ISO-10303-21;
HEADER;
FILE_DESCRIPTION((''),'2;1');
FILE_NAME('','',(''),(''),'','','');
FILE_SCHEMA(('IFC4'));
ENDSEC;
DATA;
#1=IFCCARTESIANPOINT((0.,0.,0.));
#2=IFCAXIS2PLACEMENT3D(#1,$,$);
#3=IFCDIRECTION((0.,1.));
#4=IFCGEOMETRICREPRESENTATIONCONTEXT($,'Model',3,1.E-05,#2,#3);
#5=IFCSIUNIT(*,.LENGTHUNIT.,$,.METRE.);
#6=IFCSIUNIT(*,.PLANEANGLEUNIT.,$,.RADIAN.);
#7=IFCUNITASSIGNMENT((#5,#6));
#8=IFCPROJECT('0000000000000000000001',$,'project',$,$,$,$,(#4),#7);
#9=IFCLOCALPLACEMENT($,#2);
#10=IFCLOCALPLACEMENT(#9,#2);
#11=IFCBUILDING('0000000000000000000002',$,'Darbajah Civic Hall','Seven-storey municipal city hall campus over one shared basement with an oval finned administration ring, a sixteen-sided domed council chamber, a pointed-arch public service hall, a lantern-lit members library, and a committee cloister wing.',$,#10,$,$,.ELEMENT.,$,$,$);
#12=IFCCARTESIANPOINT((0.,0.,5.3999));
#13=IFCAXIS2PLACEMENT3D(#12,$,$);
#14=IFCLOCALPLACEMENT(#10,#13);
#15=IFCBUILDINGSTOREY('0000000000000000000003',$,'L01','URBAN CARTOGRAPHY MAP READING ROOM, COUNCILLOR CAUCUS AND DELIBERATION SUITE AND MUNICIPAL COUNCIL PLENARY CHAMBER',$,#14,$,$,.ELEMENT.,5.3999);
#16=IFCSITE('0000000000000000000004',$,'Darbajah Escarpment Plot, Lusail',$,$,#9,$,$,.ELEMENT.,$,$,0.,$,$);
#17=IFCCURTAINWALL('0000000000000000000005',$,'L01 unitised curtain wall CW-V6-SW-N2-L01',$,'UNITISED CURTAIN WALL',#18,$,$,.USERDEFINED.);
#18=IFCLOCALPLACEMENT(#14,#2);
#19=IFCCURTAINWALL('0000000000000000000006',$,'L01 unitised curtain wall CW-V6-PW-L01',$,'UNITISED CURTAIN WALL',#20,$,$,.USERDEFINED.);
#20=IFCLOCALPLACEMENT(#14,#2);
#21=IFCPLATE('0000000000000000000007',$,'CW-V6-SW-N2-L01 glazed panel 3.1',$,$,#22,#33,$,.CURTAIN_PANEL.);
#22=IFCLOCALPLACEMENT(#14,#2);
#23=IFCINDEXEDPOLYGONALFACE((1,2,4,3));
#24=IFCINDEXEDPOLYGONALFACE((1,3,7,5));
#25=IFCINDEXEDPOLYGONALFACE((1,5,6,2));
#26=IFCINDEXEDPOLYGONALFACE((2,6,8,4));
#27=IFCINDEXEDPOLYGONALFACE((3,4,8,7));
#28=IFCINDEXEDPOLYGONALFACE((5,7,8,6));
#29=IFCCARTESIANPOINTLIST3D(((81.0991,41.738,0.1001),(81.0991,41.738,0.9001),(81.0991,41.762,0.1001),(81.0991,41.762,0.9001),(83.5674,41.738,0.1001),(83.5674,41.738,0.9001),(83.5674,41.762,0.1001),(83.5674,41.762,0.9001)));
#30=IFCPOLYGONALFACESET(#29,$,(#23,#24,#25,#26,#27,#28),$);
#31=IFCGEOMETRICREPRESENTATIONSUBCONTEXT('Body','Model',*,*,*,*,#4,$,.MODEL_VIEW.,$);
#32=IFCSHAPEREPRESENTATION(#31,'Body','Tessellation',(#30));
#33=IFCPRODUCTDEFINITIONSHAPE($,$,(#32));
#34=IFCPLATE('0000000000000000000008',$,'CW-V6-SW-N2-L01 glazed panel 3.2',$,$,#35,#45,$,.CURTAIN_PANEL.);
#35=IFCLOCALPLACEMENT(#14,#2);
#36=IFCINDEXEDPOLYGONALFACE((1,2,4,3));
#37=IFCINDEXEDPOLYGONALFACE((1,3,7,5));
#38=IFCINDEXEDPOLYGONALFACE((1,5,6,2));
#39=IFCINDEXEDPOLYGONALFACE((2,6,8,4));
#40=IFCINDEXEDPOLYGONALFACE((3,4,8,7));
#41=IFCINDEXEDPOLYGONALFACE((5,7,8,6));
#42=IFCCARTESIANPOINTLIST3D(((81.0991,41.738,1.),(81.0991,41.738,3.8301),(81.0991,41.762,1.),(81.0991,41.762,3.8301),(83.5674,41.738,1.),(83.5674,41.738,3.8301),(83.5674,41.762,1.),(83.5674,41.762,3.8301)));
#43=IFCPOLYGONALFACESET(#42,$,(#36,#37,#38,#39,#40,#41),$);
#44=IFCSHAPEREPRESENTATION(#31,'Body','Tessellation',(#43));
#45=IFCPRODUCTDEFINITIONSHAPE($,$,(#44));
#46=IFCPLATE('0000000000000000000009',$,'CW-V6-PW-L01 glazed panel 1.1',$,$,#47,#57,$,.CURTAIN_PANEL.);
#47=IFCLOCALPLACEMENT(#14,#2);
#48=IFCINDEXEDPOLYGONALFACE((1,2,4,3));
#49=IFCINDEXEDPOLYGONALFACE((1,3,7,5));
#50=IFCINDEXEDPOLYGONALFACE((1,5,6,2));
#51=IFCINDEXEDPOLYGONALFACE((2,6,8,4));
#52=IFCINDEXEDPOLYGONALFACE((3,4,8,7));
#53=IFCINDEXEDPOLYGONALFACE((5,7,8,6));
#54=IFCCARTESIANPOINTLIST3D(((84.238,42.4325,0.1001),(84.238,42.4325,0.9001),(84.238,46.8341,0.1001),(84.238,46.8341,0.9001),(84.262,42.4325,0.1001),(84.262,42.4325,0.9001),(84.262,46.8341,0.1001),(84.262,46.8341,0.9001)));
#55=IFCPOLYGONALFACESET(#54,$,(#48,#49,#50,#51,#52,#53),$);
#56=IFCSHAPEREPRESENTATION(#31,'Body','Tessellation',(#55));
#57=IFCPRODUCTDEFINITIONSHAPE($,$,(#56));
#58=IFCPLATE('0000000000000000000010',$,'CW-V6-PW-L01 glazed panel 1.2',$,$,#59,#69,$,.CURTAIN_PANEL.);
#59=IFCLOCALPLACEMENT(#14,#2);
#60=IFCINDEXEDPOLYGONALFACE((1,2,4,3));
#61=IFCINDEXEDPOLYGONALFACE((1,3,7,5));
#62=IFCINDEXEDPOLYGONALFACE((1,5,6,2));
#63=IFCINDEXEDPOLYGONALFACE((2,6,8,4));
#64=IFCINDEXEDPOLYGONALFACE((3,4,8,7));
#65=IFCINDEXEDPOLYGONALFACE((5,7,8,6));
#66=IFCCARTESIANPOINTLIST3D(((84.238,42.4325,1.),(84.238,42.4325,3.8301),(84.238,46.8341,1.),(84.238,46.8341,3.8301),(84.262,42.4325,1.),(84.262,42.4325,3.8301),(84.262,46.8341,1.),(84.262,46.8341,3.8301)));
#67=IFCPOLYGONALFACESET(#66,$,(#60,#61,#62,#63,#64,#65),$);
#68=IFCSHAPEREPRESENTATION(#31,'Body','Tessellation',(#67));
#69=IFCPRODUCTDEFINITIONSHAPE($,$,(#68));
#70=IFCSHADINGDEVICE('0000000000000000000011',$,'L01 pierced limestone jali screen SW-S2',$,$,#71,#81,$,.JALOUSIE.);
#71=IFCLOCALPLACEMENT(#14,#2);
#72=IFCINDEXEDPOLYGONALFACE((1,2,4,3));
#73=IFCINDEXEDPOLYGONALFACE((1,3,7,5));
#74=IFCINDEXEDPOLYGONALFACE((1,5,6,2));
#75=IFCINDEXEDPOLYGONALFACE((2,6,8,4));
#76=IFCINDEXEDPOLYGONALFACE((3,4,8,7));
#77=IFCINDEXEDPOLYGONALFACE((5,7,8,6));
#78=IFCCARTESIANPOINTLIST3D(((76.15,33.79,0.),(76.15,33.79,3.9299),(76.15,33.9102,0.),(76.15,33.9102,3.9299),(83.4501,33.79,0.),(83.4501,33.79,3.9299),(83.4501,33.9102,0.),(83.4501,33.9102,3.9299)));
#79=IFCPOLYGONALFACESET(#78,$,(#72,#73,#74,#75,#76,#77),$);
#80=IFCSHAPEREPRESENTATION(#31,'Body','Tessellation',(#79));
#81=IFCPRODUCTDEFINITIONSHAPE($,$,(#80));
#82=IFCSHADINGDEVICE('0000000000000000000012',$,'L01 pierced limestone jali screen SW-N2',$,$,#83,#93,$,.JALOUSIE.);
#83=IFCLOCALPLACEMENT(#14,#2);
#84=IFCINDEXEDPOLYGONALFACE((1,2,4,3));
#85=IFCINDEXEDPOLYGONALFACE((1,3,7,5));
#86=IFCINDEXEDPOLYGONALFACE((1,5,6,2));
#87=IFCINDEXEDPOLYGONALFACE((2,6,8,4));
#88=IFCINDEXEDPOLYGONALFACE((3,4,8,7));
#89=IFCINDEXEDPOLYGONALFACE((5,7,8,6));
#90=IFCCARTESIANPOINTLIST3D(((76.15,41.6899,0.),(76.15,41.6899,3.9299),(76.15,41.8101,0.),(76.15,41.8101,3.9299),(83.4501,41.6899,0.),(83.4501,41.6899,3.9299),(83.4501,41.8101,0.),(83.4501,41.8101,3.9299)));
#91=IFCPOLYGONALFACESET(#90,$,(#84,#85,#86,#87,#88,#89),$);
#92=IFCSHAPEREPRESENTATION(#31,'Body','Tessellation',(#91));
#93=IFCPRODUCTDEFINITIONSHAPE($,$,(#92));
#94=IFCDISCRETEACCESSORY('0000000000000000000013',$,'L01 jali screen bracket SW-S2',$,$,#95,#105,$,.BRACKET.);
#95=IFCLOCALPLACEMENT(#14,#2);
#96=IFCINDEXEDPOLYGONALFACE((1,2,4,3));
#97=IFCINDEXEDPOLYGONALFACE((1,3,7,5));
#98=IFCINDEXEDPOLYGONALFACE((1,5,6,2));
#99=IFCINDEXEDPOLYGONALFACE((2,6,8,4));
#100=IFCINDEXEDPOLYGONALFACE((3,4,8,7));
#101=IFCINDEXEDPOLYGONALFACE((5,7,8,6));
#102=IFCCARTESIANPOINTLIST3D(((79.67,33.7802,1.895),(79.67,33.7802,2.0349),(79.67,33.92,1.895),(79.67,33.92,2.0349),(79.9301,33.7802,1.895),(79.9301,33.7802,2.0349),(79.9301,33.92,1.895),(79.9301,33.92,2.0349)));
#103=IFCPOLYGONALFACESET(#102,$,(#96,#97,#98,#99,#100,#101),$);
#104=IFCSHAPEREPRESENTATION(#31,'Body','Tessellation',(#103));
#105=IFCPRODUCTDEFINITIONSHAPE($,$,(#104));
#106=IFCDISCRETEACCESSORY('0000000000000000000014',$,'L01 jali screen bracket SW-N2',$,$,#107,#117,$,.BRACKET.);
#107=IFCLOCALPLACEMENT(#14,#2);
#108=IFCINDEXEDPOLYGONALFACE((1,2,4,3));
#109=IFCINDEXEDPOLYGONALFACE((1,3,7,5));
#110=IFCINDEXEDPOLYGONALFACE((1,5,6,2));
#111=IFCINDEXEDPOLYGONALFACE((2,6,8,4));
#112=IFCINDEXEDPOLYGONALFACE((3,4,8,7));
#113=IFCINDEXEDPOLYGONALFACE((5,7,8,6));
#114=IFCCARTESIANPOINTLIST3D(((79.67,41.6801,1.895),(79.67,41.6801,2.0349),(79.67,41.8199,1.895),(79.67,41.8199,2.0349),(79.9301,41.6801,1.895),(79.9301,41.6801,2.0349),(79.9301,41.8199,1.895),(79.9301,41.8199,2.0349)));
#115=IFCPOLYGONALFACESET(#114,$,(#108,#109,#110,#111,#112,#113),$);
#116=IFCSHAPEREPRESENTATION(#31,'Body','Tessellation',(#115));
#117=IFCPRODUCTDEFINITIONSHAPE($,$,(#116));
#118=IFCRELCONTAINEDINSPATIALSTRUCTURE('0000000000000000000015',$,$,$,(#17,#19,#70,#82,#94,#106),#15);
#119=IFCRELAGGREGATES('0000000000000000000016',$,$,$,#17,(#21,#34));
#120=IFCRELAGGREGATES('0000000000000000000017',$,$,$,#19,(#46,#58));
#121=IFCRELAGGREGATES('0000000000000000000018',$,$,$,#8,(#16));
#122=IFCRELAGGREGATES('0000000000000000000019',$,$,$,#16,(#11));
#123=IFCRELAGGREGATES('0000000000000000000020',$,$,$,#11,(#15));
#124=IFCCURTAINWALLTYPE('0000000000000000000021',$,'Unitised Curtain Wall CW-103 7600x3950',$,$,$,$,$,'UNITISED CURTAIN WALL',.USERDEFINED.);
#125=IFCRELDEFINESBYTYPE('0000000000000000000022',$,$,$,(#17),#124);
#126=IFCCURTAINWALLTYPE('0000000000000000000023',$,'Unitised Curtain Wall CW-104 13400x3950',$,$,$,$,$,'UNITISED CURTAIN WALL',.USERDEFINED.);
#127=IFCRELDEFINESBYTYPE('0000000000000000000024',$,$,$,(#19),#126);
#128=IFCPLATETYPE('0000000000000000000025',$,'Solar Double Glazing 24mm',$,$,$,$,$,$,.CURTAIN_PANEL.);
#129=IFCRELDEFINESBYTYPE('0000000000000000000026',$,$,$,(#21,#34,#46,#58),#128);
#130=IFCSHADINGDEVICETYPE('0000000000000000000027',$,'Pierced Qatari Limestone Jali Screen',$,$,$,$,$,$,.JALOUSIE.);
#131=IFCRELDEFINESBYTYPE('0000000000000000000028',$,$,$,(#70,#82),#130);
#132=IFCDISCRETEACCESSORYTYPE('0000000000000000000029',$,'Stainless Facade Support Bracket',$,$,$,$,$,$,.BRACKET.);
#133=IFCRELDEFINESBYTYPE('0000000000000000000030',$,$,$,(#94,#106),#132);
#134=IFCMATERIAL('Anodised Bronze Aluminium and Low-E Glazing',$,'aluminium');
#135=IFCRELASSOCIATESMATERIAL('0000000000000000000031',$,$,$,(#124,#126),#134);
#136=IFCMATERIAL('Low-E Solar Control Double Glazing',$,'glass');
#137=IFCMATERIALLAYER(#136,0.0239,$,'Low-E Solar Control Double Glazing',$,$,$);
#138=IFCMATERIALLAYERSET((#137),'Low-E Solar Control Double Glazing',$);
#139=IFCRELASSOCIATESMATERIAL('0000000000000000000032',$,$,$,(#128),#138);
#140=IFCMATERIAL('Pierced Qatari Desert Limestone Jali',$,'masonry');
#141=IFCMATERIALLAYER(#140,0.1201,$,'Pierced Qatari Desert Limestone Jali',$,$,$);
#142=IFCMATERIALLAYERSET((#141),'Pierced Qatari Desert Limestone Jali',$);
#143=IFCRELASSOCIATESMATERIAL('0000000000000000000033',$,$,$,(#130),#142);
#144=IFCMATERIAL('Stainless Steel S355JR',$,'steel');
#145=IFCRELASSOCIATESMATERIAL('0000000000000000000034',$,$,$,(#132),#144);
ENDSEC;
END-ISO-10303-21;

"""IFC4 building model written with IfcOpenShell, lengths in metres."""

from ifc_helpers import new_model, si_unit, direction, frame, origin, origin_2d, place, context, subcontext, project, spatial, rectangle, extrude, material, layer, layer_set, type_object, element, aggregate, save


model = new_model("IFC4")

# Units and contexts
model_context = context("Model", 3, precision=1e-05, world=origin(), true_north=direction((0.0, 1.0)))
body_context = subcontext(model_context, "Body", "Model", "MODEL_VIEW")
ifc_project = project(units=[si_unit("LENGTHUNIT", "METRE"), si_unit("PLANEANGLEUNIT", "RADIAN")], contexts=[model_context])

# Site, building, storey
site_placement = place(None, origin())
site = spatial("IfcSite", under=ifc_project, at=site_placement, Name="Darbajah Escarpment Plot, Lusail", CompositionType="ELEMENT", RefElevation=0.0)
building_placement = place(site_placement, origin())
building = spatial("IfcBuilding", under=site, at=building_placement, Name="Darbajah Civic Hall", Description="Seven-storey municipal city hall campus over one shared basement with an oval finned administration ring, a sixteen-sided domed council chamber, a pointed-arch public service hall, a lantern-lit members library, and a committee cloister wing.", CompositionType="ELEMENT")
storey_placement = place(building_placement, frame((0.0, 0.0, 5.3999)))
storey = spatial("IfcBuildingStorey", under=building, at=storey_placement, Name="L01", Description="URBAN CARTOGRAPHY MAP READING ROOM, COUNCILLOR CAUCUS AND DELIBERATION SUITE AND MUNICIPAL COUNCIL PLENARY CHAMBER", CompositionType="ELEMENT", Elevation=5.3999)

# Curtain walls
ifc_material_1 = material(Name="Anodised Bronze Aluminium and Low-E Glazing", Category="aluminium")
curtain_wall_type_1 = type_object("IfcCurtainWallType", Name="Unitised Curtain Wall CW-103 7600x3950", ElementType="UNITISED CURTAIN WALL", PredefinedType="USERDEFINED", material=ifc_material_1)
curtain_wall_1_placement = place(storey_placement, origin())
curtain_wall_1 = element("IfcCurtainWall", 1, at=curtain_wall_1_placement, inside=storey, type_object=curtain_wall_type_1, Name="L01 unitised curtain wall CW-V6-SW-N2-L01", ObjectType="UNITISED CURTAIN WALL", PredefinedType="USERDEFINED")
curtain_wall_type_2 = type_object("IfcCurtainWallType", Name="Unitised Curtain Wall CW-104 13400x3950", ElementType="UNITISED CURTAIN WALL", PredefinedType="USERDEFINED", material=ifc_material_1)
curtain_wall_2_placement = place(storey_placement, origin())
curtain_wall_2 = element("IfcCurtainWall", 2, at=curtain_wall_2_placement, inside=storey, type_object=curtain_wall_type_2, Name="L01 unitised curtain wall CW-V6-PW-L01", ObjectType="UNITISED CURTAIN WALL", PredefinedType="USERDEFINED")

# Plates
ifc_material_2 = material(Name="Low-E Solar Control Double Glazing", Category="glass")
ifc_layer_1 = layer(ifc_material_2, 0.0239, Name="Low-E Solar Control Double Glazing")
ifc_layer_set_1 = layer_set([ifc_layer_1], Name="Low-E Solar Control Double Glazing")
plate_type = type_object("IfcPlateType", Name="Solar Double Glazing 24mm", PredefinedType="CURTAIN_PANEL", material=ifc_layer_set_1)
plate_1_placement = place(storey_placement, frame((82.3333, 41.75, 0.1001), z_axis=(0.0, 0.0, 1.0), x_axis=(1.0, 0.0, 0.0)))
plate_1 = element("IfcPlate", 3, at=plate_1_placement, type_object=plate_type, Name="CW-V6-SW-N2-L01 glazed panel 3.1", PredefinedType="CURTAIN_PANEL", context=body_context, shape_type="SweptSolid", body=[
    extrude(rectangle(XDim=2.4683, YDim=0.0239, at=origin_2d()), origin(), (0.0, 0.0, 1.0), 0.8),
])
plate_2_placement = place(storey_placement, frame((82.3333, 41.75, 1.0), z_axis=(0.0, 0.0, 1.0), x_axis=(1.0, 0.0, 0.0)))
plate_2 = element("IfcPlate", 4, at=plate_2_placement, type_object=plate_type, Name="CW-V6-SW-N2-L01 glazed panel 3.2", PredefinedType="CURTAIN_PANEL", context=body_context, shape_type="SweptSolid", body=[
    extrude(rectangle(XDim=2.4683, YDim=0.0239, at=origin_2d()), origin(), (0.0, 0.0, 1.0), 2.8301),
])
aggregate(curtain_wall_1, [plate_1, plate_2])
plate_3_placement = place(storey_placement, frame((84.25, 44.6333, 0.1001), z_axis=(0.0, 0.0, 1.0), x_axis=(0.0, 1.0, 0.0)))
plate_3 = element("IfcPlate", 5, at=plate_3_placement, type_object=plate_type, Name="CW-V6-PW-L01 glazed panel 1.1", PredefinedType="CURTAIN_PANEL", context=body_context, shape_type="SweptSolid", body=[
    extrude(rectangle(XDim=4.4016, YDim=0.0239, at=origin_2d()), origin(), (0.0, 0.0, 1.0), 0.8),
])
plate_4_placement = place(storey_placement, frame((84.25, 44.6333, 1.0), z_axis=(0.0, 0.0, 1.0), x_axis=(0.0, 1.0, 0.0)))
plate_4 = element("IfcPlate", 6, at=plate_4_placement, type_object=plate_type, Name="CW-V6-PW-L01 glazed panel 1.2", PredefinedType="CURTAIN_PANEL", context=body_context, shape_type="SweptSolid", body=[
    extrude(rectangle(XDim=4.4016, YDim=0.0239, at=origin_2d()), origin(), (0.0, 0.0, 1.0), 2.8301),
])
aggregate(curtain_wall_2, [plate_3, plate_4])

# Shading devices
ifc_material_3 = material(Name="Pierced Qatari Desert Limestone Jali", Category="masonry")
ifc_layer_2 = layer(ifc_material_3, 0.1201, Name="Pierced Qatari Desert Limestone Jali")
ifc_layer_set_2 = layer_set([ifc_layer_2], Name="Pierced Qatari Desert Limestone Jali")
shading_device_type = type_object("IfcShadingDeviceType", Name="Pierced Qatari Limestone Jali Screen", PredefinedType="JALOUSIE", material=ifc_layer_set_2)
for number, where, z_axis, x_axis, name in (
    (7, (79.8, 33.8501, 0.0), (0.0, 0.0, 1.0), (1.0, 0.0, 0.0), "L01 pierced limestone jali screen SW-S2"),
    (8, (79.8, 41.75, 0.0), (0.0, 0.0, 1.0), (1.0, 0.0, 0.0), "L01 pierced limestone jali screen SW-N2"),
):
    element("IfcShadingDevice", number, at=place(storey_placement, frame(where, z_axis=z_axis, x_axis=x_axis)), inside=storey, type_object=shading_device_type, Name=name, PredefinedType="JALOUSIE", context=body_context, shape_type="SweptSolid", body=[
        extrude(rectangle(XDim=7.3, YDim=0.1201, at=origin_2d()), origin(), (0.0, 0.0, 1.0), 3.9299),
    ])

# Discrete accessories
ifc_material_4 = material(Name="Stainless Steel S355JR", Category="steel")
discrete_accessory_type = type_object("IfcDiscreteAccessoryType", Name="Stainless Facade Support Bracket", PredefinedType="BRACKET", material=ifc_material_4)
for number, where, z_axis, x_axis, name in (
    (9, (79.8, 33.8501, 1.895), (0.0, 0.0, 1.0), (1.0, 0.0, 0.0), "L01 jali screen bracket SW-S2"),
    (10, (79.8, 41.75, 1.895), (0.0, 0.0, 1.0), (1.0, 0.0, 0.0), "L01 jali screen bracket SW-N2"),
):
    element("IfcDiscreteAccessory", number, at=place(storey_placement, frame(where, z_axis=z_axis, x_axis=x_axis)), inside=storey, type_object=discrete_accessory_type, Name=name, PredefinedType="BRACKET", context=body_context, shape_type="SweptSolid", body=[
        extrude(rectangle(XDim=0.26, YDim=0.1399, at=origin_2d()), origin(), (0.0, 0.0, 1.0), 0.1399),
    ])

save(model, "model.ifc")
